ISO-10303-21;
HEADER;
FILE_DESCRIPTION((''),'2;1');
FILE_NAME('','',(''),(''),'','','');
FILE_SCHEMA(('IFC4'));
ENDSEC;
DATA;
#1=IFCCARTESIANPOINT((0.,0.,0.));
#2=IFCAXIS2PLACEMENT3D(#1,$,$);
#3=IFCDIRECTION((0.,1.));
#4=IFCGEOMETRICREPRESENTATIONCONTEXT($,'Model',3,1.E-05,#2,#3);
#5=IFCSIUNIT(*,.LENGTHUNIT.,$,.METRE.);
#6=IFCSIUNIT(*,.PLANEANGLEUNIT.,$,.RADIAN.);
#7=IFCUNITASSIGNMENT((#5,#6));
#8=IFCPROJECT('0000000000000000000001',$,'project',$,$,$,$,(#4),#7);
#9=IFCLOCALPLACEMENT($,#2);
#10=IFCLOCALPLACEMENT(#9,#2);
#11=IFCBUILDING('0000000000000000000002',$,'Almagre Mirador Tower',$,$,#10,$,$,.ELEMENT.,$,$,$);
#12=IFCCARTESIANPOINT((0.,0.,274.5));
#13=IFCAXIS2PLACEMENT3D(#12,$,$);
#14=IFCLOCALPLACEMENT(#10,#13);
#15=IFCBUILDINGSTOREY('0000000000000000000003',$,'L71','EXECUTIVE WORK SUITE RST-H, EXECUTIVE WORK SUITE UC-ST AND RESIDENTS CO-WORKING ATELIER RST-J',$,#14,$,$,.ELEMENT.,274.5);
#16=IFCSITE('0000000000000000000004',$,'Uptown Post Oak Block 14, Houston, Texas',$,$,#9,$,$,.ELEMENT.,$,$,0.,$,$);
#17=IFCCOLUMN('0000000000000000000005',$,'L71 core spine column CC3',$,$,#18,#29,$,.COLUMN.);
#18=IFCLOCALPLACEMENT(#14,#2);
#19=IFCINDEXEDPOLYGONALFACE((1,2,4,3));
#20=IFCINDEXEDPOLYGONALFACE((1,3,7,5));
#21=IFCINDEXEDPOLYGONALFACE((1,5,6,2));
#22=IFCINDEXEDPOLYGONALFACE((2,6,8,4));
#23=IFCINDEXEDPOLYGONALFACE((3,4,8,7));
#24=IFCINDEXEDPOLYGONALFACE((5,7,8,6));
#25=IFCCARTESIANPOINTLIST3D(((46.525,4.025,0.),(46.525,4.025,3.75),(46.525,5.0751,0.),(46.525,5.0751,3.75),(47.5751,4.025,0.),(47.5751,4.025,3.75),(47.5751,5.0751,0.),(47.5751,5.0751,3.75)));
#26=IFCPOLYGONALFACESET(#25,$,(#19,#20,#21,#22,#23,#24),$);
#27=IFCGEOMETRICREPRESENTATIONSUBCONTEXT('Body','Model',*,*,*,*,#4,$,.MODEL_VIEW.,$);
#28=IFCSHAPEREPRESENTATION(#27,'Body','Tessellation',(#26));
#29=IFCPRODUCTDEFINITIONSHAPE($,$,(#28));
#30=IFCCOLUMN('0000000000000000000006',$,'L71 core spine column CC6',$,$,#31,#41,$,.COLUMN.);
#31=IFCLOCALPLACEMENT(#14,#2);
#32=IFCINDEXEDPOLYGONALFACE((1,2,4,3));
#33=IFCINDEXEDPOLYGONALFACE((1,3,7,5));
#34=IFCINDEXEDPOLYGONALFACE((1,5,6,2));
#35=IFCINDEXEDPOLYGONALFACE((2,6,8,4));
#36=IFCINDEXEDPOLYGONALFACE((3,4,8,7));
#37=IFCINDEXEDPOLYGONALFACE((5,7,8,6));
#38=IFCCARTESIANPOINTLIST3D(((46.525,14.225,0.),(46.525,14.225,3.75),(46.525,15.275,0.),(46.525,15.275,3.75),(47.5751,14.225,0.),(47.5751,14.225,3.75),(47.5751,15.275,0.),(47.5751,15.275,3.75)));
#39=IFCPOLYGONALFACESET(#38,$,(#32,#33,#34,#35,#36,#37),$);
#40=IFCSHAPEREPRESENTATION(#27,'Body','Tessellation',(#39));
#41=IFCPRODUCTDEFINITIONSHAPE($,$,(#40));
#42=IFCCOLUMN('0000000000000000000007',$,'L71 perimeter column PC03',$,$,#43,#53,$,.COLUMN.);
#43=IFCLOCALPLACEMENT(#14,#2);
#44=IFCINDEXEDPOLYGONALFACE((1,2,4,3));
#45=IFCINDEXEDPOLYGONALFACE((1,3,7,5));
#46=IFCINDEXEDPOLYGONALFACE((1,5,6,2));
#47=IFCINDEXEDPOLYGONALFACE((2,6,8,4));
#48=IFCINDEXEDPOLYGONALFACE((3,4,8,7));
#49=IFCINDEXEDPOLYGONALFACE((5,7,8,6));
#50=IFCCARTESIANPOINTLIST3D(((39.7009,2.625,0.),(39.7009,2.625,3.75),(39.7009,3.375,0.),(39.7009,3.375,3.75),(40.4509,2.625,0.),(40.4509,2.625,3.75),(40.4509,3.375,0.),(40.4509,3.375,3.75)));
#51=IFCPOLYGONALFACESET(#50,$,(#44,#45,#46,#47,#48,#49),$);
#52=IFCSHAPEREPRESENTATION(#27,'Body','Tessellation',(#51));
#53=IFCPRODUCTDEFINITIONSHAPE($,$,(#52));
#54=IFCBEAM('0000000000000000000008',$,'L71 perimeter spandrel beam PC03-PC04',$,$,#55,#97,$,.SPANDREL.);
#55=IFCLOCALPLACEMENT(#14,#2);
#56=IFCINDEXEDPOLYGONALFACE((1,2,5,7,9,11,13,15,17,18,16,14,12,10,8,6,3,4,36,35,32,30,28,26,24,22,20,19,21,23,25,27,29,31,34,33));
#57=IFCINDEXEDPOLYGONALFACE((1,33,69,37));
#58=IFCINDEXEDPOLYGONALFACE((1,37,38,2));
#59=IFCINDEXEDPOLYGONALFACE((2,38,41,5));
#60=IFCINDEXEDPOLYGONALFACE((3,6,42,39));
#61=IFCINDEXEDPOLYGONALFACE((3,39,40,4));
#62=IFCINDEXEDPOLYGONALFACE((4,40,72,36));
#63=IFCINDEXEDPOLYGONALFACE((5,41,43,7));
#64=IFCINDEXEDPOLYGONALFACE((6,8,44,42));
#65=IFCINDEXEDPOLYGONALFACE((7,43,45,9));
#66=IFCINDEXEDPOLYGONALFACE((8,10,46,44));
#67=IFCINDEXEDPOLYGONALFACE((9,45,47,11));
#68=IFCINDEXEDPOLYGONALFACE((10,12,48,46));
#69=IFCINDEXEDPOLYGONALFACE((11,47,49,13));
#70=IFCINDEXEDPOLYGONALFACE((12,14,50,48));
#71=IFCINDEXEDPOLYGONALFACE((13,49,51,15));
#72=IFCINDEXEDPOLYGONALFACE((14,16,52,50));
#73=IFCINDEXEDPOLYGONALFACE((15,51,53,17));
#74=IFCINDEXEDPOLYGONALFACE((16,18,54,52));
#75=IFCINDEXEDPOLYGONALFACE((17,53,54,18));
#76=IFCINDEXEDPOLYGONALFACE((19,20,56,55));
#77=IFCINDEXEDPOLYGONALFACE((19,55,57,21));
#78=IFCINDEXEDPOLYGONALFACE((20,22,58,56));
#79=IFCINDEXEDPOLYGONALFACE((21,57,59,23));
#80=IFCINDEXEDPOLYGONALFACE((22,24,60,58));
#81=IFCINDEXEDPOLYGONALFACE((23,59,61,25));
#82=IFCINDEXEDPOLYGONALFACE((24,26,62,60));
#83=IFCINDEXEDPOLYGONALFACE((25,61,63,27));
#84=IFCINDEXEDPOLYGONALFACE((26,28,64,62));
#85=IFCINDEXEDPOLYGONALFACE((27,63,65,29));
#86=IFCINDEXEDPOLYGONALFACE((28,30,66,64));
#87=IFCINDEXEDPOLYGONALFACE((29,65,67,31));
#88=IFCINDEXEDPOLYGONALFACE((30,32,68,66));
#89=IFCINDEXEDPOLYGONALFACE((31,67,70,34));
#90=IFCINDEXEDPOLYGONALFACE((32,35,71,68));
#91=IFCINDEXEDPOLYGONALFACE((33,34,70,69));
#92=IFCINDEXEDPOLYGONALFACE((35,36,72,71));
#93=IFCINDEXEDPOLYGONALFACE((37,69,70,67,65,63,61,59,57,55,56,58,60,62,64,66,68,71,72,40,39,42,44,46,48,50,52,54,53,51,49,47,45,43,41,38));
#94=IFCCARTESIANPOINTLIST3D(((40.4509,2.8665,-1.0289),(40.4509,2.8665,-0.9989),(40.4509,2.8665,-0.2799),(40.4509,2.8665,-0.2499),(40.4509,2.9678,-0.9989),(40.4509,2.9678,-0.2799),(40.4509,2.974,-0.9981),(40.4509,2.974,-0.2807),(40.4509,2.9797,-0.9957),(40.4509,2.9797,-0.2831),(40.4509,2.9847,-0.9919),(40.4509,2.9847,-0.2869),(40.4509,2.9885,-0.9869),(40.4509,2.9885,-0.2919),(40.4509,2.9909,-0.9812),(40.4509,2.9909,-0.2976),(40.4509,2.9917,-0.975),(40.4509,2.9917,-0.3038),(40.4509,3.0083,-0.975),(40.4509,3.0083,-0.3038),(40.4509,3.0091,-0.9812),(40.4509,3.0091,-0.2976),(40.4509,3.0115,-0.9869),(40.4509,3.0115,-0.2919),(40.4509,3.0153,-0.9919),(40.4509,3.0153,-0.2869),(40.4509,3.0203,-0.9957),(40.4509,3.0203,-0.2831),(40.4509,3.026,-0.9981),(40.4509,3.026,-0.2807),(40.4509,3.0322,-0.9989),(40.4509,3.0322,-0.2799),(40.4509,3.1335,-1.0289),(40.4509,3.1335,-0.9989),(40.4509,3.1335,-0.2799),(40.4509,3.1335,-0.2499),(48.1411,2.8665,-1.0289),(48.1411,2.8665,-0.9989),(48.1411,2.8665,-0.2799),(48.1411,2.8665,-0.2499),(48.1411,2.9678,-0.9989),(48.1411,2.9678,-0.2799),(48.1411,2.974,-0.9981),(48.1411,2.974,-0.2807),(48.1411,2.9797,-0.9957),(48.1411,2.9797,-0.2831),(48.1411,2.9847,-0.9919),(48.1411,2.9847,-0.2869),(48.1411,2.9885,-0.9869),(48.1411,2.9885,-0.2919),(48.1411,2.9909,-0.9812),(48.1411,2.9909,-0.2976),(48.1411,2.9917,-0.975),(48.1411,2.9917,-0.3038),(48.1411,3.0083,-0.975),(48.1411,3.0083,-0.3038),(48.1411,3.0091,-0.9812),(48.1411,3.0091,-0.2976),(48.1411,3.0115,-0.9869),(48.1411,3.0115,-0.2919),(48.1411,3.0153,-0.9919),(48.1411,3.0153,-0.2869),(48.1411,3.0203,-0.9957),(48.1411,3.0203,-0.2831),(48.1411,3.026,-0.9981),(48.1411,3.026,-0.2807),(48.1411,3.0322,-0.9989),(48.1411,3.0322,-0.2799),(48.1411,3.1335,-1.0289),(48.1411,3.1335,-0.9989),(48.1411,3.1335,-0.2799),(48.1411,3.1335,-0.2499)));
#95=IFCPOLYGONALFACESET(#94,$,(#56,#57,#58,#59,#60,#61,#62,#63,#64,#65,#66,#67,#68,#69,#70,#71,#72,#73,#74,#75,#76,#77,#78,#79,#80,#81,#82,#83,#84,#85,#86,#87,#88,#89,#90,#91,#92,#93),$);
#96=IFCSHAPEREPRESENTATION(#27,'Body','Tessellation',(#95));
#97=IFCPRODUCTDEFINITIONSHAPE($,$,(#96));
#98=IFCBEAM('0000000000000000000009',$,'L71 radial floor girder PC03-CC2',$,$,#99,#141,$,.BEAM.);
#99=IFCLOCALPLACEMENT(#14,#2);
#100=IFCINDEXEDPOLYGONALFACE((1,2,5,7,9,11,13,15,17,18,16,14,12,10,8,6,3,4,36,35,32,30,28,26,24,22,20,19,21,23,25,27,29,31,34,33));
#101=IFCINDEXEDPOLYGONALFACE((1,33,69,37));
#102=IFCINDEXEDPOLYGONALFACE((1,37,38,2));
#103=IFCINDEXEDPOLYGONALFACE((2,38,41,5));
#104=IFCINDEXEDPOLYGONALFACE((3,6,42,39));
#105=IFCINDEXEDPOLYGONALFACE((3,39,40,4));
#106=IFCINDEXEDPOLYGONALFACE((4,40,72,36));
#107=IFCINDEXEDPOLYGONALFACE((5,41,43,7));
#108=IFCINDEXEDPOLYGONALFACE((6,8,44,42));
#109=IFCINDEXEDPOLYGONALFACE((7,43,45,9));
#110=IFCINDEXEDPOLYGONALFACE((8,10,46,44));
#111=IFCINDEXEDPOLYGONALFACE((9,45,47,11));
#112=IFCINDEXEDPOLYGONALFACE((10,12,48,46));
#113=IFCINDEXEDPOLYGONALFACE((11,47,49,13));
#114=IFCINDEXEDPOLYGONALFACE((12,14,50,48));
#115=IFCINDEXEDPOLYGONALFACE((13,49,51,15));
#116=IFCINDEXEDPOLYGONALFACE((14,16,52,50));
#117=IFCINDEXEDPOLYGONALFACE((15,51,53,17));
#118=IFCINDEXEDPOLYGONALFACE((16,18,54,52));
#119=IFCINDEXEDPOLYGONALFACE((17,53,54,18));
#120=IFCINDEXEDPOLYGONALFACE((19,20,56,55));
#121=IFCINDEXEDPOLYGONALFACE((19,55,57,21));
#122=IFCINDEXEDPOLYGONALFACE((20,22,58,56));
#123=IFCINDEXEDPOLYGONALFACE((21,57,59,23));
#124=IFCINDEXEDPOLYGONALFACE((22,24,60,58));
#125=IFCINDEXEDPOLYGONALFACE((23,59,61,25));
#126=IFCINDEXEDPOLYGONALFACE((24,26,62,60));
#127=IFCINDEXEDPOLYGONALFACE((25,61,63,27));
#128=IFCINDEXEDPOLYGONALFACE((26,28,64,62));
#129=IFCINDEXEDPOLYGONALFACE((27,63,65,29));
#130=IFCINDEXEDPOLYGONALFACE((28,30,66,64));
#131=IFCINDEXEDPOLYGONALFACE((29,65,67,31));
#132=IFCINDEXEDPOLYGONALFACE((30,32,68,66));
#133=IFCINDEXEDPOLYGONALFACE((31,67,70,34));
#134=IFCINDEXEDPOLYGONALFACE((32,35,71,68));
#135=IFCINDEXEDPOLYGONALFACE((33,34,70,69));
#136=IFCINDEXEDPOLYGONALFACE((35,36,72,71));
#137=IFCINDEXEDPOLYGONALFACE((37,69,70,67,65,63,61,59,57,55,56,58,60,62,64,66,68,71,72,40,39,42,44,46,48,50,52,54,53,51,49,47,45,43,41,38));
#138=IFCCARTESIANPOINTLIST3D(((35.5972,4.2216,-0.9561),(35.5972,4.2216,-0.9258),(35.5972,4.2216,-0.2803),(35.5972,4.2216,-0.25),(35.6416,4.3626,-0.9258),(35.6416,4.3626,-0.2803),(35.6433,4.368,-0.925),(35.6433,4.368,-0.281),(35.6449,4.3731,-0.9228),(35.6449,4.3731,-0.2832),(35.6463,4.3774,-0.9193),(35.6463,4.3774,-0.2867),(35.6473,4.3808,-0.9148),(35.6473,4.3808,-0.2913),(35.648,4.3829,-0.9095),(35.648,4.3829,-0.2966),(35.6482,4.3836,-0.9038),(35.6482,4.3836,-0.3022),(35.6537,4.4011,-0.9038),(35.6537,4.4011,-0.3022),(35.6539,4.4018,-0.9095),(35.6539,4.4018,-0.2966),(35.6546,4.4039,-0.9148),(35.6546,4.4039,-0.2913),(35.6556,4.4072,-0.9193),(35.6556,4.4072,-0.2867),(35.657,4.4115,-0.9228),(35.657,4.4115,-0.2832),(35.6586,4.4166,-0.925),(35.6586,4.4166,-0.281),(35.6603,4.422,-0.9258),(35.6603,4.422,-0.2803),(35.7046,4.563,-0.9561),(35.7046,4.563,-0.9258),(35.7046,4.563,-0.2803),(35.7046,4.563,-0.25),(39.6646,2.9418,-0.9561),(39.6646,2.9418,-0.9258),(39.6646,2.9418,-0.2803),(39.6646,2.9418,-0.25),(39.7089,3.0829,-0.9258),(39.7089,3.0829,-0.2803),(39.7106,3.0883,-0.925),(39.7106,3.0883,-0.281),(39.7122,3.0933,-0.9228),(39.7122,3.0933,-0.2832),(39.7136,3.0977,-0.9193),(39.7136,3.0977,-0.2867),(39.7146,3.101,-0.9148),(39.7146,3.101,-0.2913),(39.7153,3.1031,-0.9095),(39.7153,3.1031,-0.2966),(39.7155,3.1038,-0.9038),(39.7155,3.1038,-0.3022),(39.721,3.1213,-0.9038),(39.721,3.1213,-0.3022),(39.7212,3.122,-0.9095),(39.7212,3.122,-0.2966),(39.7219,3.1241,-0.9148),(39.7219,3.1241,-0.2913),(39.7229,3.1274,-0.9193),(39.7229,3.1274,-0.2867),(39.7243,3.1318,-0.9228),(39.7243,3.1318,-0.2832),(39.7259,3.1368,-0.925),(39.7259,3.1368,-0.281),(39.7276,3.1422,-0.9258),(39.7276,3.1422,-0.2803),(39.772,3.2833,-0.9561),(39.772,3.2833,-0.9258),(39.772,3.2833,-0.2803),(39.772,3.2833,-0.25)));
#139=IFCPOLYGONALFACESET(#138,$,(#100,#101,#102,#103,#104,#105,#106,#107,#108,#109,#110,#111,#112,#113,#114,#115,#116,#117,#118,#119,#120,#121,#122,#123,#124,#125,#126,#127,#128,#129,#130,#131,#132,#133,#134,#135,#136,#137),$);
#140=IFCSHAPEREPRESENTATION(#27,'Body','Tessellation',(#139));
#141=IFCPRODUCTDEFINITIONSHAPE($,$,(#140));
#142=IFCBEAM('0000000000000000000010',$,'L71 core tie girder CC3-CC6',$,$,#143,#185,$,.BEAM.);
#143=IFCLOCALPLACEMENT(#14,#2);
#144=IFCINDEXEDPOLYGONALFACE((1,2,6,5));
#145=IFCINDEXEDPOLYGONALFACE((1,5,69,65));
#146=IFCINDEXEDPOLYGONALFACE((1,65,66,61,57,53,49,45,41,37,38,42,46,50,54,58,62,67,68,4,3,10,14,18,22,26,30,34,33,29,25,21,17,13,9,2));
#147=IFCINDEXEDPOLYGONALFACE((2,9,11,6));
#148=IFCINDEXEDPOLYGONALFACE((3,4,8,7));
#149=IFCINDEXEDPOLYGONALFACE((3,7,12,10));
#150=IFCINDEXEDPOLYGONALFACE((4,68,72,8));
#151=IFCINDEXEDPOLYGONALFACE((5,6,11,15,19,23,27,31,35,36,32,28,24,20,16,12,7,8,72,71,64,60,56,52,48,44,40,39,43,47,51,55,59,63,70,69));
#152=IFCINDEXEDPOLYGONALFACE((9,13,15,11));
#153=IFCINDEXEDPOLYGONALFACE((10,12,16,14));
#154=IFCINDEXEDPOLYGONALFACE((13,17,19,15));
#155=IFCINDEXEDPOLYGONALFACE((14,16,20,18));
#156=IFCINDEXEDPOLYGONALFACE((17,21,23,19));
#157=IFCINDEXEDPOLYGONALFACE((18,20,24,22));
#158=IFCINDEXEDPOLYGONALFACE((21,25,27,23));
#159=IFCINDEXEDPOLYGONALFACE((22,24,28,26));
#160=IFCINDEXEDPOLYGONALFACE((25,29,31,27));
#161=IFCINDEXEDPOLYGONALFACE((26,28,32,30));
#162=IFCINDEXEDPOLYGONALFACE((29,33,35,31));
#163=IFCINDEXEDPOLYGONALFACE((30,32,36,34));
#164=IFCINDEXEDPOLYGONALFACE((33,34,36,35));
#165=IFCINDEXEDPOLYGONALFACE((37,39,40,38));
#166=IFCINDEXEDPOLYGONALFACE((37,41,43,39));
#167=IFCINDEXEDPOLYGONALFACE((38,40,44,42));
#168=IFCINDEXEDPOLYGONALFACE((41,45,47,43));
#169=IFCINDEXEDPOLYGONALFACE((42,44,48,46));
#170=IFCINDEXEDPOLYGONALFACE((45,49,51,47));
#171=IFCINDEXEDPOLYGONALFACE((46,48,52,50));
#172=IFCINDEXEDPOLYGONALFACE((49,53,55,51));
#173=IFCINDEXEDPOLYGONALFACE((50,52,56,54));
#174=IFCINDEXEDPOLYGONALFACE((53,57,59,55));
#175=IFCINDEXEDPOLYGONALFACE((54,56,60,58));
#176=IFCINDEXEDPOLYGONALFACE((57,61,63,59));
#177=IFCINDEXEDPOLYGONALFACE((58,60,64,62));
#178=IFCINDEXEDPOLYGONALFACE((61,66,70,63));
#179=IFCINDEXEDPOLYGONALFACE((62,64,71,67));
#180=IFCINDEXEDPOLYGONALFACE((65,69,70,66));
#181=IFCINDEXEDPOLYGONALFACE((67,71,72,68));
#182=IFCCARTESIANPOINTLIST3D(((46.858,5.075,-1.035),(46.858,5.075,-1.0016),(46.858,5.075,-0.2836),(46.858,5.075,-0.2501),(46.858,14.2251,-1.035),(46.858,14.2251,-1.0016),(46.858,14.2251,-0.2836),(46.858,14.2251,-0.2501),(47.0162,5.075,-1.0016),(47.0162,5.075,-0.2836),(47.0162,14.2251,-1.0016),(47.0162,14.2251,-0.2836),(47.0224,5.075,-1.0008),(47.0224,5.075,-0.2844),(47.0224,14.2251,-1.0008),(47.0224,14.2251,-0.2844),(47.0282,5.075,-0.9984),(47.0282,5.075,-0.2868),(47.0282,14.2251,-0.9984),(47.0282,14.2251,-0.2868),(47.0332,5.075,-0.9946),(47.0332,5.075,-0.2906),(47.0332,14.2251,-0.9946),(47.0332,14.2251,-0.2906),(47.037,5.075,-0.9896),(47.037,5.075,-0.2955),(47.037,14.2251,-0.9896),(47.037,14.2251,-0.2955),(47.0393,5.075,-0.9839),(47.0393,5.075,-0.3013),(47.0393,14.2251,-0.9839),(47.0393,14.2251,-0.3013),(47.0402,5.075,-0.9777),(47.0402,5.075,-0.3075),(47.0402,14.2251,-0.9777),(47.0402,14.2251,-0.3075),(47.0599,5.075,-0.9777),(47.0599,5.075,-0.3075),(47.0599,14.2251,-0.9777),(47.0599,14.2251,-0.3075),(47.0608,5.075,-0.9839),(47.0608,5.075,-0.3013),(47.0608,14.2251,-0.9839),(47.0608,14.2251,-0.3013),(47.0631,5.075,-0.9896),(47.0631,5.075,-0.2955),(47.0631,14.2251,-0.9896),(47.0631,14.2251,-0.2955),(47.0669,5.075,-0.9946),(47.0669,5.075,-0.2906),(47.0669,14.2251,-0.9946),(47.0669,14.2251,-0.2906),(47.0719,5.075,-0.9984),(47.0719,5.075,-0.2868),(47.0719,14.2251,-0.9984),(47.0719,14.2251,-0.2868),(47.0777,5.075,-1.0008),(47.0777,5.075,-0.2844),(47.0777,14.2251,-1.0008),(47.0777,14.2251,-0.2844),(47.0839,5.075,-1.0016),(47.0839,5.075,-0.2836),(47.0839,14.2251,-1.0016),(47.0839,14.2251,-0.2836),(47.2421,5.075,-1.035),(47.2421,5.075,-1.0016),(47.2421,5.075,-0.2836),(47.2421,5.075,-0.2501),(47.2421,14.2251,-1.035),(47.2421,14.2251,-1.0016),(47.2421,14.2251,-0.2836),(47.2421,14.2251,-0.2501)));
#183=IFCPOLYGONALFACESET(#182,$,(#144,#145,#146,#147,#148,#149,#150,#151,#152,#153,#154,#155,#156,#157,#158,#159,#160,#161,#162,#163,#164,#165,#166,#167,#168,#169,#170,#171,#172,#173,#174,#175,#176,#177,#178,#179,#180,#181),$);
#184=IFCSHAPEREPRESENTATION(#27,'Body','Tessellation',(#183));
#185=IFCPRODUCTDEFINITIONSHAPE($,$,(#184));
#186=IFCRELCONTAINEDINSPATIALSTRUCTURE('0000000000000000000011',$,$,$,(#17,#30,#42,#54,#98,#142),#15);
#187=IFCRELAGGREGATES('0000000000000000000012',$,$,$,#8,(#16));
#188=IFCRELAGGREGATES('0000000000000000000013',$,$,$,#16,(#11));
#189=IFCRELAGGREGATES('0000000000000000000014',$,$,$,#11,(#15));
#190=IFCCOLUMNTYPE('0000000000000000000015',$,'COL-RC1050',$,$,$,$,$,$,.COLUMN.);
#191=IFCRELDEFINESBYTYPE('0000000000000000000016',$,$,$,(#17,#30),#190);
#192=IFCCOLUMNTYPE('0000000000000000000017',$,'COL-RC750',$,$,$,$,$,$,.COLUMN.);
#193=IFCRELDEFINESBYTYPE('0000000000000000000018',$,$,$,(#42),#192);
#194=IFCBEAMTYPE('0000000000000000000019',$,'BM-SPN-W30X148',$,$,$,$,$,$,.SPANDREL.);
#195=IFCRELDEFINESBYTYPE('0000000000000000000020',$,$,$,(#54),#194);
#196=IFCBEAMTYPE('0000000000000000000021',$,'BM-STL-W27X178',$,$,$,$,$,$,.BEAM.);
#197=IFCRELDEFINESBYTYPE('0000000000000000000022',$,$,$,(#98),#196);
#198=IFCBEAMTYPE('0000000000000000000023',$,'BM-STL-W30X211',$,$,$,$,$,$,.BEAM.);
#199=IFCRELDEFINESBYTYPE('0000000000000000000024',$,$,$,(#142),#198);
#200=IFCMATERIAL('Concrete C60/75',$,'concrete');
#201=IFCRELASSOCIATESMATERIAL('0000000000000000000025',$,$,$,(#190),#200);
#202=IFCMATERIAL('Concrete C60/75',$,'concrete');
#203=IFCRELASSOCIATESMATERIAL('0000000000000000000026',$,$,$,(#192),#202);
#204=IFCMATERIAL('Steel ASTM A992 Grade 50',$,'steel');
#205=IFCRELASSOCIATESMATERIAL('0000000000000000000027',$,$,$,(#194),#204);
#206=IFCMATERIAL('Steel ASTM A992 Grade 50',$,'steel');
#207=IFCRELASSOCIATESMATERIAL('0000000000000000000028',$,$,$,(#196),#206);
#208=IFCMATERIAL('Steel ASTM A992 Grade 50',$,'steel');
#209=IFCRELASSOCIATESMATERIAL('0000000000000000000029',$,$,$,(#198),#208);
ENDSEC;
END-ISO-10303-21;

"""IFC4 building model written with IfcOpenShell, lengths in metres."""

from ifc_helpers import new_model, si_unit, direction, frame, origin, origin_2d, place, context, subcontext, project, spatial, rectangle, i_section, extrude, material, material_profile, profile_set, type_object, element, save


model = new_model("IFC4")

# Units and contexts
model_context = context("Model", 3, precision=1e-05, world=origin(), true_north=direction((0.0, 1.0)))
body_context = subcontext(model_context, "Body", "Model", "MODEL_VIEW")
ifc_project = project(units=[si_unit("LENGTHUNIT", "METRE"), si_unit("PLANEANGLEUNIT", "RADIAN")], contexts=[model_context])

# Site, building, storey
site_placement = place(None, origin())
site = spatial("IfcSite", under=ifc_project, at=site_placement, Name="Uptown Post Oak Block 14, Houston, Texas", CompositionType="ELEMENT", RefElevation=0.0)
building_placement = place(site_placement, origin())
building = spatial("IfcBuilding", under=site, at=building_placement, Name="Almagre Mirador Tower", CompositionType="ELEMENT")
storey_placement = place(building_placement, frame((0.0, 0.0, 274.5)))
storey = spatial("IfcBuildingStorey", under=building, at=storey_placement, Name="L71", Description="EXECUTIVE WORK SUITE RST-H, EXECUTIVE WORK SUITE UC-ST AND RESIDENTS CO-WORKING ATELIER RST-J", CompositionType="ELEMENT", Elevation=274.5)

# Columns
ifc_material_1 = material(Name="Concrete C60/75", Category="concrete")
ifc_material_profile_1 = material_profile(ifc_material_1, rectangle(XDim=1.05, YDim=1.05, at=origin_2d()), Name="RC1050X1050")
ifc_profile_set_1 = profile_set([ifc_material_profile_1], Name="Concrete C60/75")
column_type_1 = type_object("IfcColumnType", Name="COL-RC1050", PredefinedType="COLUMN", material=ifc_profile_set_1)
for number, where, z_axis, x_axis, name in (
    (1, (47.05, 4.55, 0.0), (0.0, 0.0, 1.0), (1.0, 0.0, 0.0), "L71 core spine column CC3"),
    (2, (47.05, 14.75, 0.0), (0.0, 0.0, 1.0), (1.0, 0.0, 0.0), "L71 core spine column CC6"),
):
    element("IfcColumn", number, at=place(storey_placement, frame(where, z_axis=z_axis, x_axis=x_axis)), inside=storey, type_object=column_type_1, Name=name, PredefinedType="COLUMN", context=body_context, shape_type="SweptSolid", body=[
        extrude(rectangle(XDim=1.05, YDim=1.05, at=origin_2d()), origin(), (0.0, 0.0, 1.0), 3.75),
    ])
ifc_material_2 = material(Name="Concrete C60/75", Category="concrete")
ifc_material_profile_2 = material_profile(ifc_material_2, rectangle(XDim=0.75, YDim=0.75, at=origin_2d()), Name="RC750X750")
ifc_profile_set_2 = profile_set([ifc_material_profile_2], Name="Concrete C60/75")
column_type_2 = type_object("IfcColumnType", Name="COL-RC750", PredefinedType="COLUMN", material=ifc_profile_set_2)
column_placement = place(storey_placement, frame((40.0759, 3.0, 0.0), z_axis=(0.0, 0.0, 1.0), x_axis=(1.0, 0.0, 0.0)))
element("IfcColumn", 3, at=column_placement, inside=storey, type_object=column_type_2, Name="L71 perimeter column PC03", PredefinedType="COLUMN", context=body_context, shape_type="SweptSolid", body=[
    extrude(rectangle(XDim=0.75, YDim=0.75, at=origin_2d()), origin(), (0.0, 0.0, 1.0), 3.75),
])

# Beams
ifc_material_3 = material(Name="Steel ASTM A992 Grade 50", Category="steel")
ifc_material_profile_3 = material_profile(ifc_material_3, i_section(OverallWidth=0.2671, OverallDepth=0.7791, WebThickness=0.0166, FlangeThickness=0.03, FilletRadius=0.0239, at=origin_2d()), Name="W30X148")
ifc_profile_set_3 = profile_set([ifc_material_profile_3], Name="Steel ASTM A992 Grade 50")
beam_type_1 = type_object("IfcBeamType", Name="BM-SPN-W30X148", PredefinedType="SPANDREL", material=ifc_profile_set_3)
beam_1_placement = place(storey_placement, frame((40.4509, 3.0, -0.6394), z_axis=(1.0, 0.0, 0.0), x_axis=(0.0, 1.0, 0.0)))
element("IfcBeam", 4, at=beam_1_placement, inside=storey, type_object=beam_type_1, Name="L71 perimeter spandrel beam PC03-PC04", PredefinedType="SPANDREL", context=body_context, shape_type="SweptSolid", body=[
    extrude(i_section(OverallWidth=0.2671, OverallDepth=0.7791, WebThickness=0.0166, FlangeThickness=0.03, FilletRadius=0.0239, at=origin_2d()), origin(), (0.0, 0.0, 1.0), 7.6902),
])
ifc_material_4 = material(Name="Steel ASTM A992 Grade 50", Category="steel")
ifc_material_profile_4 = material_profile(ifc_material_4, i_section(OverallWidth=0.3579, OverallDepth=0.7061, WebThickness=0.0183, FlangeThickness=0.0303, FilletRadius=0.022, at=origin_2d()), Name="W27X178")
ifc_profile_set_4 = profile_set([ifc_material_profile_4], Name="Steel ASTM A992 Grade 50")
beam_type_2 = type_object("IfcBeamType", Name="BM-STL-W27X178", PredefinedType="BEAM", material=ifc_profile_set_4)
beam_2_placement = place(storey_placement, frame((39.7183, 3.1125, -0.603), z_axis=(-0.953895, 0.300139, 0.0), x_axis=(-0.300139, -0.953895, 0.0)))
element("IfcBeam", 5, at=beam_2_placement, inside=storey, type_object=beam_type_2, Name="L71 radial floor girder PC03-CC2", PredefinedType="BEAM", context=body_context, shape_type="SweptSolid", body=[
    extrude(i_section(OverallWidth=0.3579, OverallDepth=0.7061, WebThickness=0.0183, FlangeThickness=0.0303, FilletRadius=0.022, at=origin_2d()), origin(), (0.0, 0.0, 1.0), 4.2639),
])
ifc_material_5 = material(Name="Steel ASTM A992 Grade 50", Category="steel")
ifc_material_profile_5 = material_profile(ifc_material_5, i_section(OverallWidth=0.384, OverallDepth=0.7849, WebThickness=0.0198, FlangeThickness=0.0334, FilletRadius=0.0239, at=origin_2d()), Name="W30X211")
ifc_profile_set_5 = profile_set([ifc_material_profile_5], Name="Steel ASTM A992 Grade 50")
beam_type_3 = type_object("IfcBeamType", Name="BM-STL-W30X211", PredefinedType="BEAM", material=ifc_profile_set_5)
beam_3_placement = place(storey_placement, frame((47.05, 5.075, -0.6426), z_axis=(0.0, 1.0, 0.0), x_axis=(-1.0, 0.0, 0.0)))
element("IfcBeam", 6, at=beam_3_placement, inside=storey, type_object=beam_type_3, Name="L71 core tie girder CC3-CC6", PredefinedType="BEAM", context=body_context, shape_type="SweptSolid", body=[
    extrude(i_section(OverallWidth=0.384, OverallDepth=0.7849, WebThickness=0.0198, FlangeThickness=0.0334, FilletRadius=0.0239, at=origin_2d()), origin(), (0.0, 0.0, 1.0), 9.1501),
])

save(model, "model.ifc")
